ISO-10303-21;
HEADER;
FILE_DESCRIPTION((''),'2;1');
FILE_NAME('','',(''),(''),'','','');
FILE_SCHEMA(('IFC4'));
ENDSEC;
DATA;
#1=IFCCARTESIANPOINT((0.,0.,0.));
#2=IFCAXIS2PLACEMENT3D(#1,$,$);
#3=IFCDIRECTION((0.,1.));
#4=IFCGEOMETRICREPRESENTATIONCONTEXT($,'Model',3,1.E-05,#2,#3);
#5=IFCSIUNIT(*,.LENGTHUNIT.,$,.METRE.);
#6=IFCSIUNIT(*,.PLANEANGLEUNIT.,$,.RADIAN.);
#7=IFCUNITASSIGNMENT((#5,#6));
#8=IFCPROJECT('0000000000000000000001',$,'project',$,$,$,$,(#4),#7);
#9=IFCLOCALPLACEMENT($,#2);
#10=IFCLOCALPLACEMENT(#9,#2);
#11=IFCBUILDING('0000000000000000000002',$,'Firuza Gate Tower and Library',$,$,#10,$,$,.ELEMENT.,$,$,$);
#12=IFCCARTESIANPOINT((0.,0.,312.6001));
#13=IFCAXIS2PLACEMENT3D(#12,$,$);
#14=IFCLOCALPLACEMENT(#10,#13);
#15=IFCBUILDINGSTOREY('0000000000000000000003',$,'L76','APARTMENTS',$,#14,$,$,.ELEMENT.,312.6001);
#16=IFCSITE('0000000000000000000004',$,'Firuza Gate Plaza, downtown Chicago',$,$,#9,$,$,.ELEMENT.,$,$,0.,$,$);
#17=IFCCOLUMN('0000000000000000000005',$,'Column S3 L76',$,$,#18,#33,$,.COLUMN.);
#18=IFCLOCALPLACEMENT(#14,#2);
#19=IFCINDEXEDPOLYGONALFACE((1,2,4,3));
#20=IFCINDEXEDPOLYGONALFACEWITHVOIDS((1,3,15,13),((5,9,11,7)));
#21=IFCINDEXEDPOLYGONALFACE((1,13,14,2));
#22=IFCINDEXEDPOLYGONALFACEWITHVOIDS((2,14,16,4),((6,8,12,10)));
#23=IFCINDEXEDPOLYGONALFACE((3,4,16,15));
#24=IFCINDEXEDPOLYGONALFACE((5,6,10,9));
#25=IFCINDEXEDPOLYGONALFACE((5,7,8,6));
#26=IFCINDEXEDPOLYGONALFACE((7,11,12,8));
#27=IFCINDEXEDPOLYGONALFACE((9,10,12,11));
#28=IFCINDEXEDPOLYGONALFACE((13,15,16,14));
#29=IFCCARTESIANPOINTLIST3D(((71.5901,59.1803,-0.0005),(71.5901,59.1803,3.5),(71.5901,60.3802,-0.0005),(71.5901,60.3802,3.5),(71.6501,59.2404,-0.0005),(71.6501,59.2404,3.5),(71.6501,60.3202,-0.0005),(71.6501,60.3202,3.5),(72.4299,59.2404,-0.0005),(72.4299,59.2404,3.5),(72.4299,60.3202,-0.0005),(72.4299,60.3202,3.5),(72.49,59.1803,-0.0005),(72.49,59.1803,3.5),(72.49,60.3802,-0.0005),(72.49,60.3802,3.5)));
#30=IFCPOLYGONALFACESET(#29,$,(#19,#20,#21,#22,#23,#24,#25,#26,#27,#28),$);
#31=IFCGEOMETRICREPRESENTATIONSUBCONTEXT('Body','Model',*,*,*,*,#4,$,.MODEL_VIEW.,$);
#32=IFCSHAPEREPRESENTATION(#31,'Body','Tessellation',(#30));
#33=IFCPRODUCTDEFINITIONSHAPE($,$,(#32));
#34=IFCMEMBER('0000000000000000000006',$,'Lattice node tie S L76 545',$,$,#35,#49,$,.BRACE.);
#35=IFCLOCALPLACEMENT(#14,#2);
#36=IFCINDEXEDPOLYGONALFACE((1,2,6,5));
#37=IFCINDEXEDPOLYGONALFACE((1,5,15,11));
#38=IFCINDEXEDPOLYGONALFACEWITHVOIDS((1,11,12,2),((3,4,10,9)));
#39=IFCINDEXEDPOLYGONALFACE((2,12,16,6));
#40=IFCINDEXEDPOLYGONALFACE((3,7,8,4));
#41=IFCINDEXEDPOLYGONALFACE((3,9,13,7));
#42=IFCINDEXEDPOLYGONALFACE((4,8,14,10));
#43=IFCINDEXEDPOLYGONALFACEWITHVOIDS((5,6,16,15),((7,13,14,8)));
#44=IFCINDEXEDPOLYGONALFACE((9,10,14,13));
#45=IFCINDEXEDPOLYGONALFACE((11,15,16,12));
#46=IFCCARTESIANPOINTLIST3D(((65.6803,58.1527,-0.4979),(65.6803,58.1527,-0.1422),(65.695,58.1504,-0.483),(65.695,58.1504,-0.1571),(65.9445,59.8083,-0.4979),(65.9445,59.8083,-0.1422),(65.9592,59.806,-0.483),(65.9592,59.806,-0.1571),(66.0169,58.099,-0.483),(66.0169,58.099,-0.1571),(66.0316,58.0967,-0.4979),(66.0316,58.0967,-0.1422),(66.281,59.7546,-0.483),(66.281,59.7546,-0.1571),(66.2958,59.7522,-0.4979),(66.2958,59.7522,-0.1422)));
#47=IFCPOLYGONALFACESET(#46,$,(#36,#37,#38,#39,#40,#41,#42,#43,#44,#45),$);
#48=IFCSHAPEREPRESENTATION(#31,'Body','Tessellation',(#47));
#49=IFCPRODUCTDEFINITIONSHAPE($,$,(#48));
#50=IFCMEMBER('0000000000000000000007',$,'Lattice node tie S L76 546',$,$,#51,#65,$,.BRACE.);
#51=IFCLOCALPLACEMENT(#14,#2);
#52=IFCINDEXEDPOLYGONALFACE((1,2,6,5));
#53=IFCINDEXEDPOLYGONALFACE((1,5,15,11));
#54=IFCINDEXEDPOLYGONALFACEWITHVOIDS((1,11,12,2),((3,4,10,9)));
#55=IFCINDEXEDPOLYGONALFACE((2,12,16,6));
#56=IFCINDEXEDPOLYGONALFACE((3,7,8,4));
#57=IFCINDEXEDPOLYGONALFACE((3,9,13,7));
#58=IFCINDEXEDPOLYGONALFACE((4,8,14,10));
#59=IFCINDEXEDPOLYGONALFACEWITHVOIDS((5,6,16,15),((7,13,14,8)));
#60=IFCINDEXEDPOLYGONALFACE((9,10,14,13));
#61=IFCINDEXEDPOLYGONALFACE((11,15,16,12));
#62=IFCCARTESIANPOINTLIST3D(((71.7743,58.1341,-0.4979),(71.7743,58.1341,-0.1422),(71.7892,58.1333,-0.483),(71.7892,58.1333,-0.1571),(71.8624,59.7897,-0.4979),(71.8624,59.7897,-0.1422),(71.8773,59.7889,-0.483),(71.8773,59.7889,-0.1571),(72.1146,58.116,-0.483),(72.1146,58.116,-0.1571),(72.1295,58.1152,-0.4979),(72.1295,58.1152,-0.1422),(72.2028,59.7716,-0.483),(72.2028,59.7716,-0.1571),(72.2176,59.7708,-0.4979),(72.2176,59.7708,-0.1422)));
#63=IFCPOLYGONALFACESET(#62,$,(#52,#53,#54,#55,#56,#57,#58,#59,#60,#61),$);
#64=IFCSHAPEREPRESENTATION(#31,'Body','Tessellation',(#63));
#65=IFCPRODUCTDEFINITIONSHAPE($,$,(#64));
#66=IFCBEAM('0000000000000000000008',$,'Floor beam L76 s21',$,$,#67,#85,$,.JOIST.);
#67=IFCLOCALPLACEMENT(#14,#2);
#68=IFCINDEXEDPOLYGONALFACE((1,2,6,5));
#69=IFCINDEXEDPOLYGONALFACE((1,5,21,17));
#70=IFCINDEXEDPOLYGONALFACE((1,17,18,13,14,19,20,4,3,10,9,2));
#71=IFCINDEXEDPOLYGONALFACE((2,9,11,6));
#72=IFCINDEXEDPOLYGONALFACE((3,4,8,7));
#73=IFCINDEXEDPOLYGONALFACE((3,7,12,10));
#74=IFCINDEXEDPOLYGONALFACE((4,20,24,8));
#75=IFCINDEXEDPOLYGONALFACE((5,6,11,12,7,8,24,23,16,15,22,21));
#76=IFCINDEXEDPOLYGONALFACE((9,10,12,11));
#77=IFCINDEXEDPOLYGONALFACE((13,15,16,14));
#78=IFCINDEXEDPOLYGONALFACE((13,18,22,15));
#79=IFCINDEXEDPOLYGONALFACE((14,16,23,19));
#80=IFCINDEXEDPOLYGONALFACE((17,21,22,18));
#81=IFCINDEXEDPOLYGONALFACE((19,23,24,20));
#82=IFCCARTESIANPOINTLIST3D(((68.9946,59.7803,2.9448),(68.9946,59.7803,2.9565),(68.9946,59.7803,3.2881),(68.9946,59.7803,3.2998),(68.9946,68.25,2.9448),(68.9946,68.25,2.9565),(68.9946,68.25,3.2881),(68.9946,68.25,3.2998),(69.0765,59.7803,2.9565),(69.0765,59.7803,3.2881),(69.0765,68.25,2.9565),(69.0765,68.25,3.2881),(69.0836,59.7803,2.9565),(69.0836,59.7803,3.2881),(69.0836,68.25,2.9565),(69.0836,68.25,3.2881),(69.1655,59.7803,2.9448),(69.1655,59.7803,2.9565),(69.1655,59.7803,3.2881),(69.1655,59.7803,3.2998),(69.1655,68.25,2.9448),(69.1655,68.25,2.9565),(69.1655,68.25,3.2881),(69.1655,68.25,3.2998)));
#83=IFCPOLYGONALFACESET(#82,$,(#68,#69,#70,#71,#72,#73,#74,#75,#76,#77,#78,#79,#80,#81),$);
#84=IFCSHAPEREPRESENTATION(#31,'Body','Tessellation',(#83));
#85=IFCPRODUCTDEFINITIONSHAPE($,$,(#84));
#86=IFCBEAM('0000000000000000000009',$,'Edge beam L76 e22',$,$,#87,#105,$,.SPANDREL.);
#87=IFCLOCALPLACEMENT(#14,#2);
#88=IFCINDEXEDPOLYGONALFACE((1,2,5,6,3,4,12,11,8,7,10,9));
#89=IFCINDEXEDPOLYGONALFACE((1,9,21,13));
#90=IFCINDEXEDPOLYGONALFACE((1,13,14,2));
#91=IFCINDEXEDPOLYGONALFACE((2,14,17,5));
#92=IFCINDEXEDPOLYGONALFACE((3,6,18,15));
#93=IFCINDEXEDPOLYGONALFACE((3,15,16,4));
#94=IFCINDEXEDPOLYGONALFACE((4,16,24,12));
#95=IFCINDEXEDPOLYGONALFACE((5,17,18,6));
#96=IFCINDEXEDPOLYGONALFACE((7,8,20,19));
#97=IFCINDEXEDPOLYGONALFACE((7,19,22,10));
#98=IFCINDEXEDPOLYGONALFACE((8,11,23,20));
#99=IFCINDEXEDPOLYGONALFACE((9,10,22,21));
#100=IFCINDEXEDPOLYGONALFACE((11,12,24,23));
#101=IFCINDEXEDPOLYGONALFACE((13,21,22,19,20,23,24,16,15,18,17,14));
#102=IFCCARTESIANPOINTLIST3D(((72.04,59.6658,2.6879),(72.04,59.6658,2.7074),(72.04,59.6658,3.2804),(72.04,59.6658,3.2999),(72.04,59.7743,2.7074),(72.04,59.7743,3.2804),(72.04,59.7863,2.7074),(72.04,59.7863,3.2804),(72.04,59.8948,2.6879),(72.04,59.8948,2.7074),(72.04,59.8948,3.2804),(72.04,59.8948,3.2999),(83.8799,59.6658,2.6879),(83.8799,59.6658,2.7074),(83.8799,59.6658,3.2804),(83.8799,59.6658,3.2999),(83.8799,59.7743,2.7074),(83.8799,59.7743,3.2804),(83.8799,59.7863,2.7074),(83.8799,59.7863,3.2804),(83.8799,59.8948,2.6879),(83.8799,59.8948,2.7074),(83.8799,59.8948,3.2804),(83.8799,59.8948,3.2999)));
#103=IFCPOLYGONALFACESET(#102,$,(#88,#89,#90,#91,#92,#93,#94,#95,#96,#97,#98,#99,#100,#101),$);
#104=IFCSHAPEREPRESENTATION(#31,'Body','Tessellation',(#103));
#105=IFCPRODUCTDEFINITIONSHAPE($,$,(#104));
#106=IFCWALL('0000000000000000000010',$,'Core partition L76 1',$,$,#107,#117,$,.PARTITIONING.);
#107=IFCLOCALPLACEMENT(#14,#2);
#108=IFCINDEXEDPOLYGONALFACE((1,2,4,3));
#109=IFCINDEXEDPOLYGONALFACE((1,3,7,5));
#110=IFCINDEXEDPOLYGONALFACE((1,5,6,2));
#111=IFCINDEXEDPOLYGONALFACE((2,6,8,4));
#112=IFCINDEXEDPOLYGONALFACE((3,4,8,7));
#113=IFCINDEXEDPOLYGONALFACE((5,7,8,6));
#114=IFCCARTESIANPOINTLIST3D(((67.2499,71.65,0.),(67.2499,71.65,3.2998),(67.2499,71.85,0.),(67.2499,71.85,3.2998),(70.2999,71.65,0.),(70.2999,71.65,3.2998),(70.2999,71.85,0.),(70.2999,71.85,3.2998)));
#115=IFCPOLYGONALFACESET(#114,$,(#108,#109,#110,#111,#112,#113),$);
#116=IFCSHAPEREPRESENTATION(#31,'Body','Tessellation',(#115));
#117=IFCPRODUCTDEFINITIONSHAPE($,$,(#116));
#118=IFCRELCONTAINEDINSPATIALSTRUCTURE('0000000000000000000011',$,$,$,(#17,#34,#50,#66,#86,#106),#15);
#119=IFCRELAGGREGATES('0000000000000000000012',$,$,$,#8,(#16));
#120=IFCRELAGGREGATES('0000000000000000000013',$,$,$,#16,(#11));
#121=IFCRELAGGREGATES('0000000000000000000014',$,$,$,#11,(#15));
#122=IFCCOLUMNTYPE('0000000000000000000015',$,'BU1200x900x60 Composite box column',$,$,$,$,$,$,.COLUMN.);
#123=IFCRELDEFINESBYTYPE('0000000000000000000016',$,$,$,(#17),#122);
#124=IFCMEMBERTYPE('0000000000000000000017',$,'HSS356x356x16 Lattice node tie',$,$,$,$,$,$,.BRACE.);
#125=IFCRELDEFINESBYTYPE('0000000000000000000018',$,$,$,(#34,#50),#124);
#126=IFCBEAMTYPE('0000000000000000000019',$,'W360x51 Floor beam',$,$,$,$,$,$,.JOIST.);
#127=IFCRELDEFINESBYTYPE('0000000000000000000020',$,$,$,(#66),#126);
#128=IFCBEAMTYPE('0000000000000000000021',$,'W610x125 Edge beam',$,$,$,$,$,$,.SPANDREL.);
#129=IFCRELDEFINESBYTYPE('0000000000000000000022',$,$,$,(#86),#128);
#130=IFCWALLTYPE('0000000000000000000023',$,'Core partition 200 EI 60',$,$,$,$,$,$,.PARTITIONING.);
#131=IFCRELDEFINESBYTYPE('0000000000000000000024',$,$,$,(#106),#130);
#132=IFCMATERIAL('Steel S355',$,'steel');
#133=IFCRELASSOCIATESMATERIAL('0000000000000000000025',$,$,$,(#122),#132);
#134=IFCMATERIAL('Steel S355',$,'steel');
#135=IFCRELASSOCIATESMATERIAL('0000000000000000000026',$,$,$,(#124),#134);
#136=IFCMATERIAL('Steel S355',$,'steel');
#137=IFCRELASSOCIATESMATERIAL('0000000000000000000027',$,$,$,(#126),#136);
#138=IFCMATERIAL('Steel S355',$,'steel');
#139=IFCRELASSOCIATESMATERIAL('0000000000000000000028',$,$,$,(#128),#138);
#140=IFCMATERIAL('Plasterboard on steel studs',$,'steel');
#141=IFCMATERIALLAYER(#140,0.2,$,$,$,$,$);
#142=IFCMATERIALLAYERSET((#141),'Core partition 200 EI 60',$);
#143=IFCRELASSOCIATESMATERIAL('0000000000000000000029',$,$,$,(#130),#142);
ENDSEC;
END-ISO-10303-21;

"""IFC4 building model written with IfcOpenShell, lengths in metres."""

from ifc_helpers import new_model, si_unit, direction, frame, frame_2d, origin, origin_2d, place, context, subcontext, project, spatial, rectangle, hollow_rectangle, i_section, extrude, material, layer, layer_set, material_profile, profile_set, type_object, element, save


model = new_model("IFC4")

# Units and contexts
model_context = context("Model", 3, precision=1e-05, world=origin(), true_north=direction((0.0, 1.0)))
body_context = subcontext(model_context, "Body", "Model", "MODEL_VIEW")
ifc_project = project(units=[si_unit("LENGTHUNIT", "METRE"), si_unit("PLANEANGLEUNIT", "RADIAN")], contexts=[model_context])

# Site, building, storey
site_placement = place(None, origin())
site = spatial("IfcSite", under=ifc_project, at=site_placement, Name="Firuza Gate Plaza, downtown Chicago", CompositionType="ELEMENT", RefElevation=0.0)
building_placement = place(site_placement, origin())
building = spatial("IfcBuilding", under=site, at=building_placement, Name="Firuza Gate Tower and Library", CompositionType="ELEMENT")
storey_placement = place(building_placement, frame((0.0, 0.0, 312.6001)))
storey = spatial("IfcBuildingStorey", under=building, at=storey_placement, Name="L76", Description="APARTMENTS", CompositionType="ELEMENT", Elevation=312.6001)

# Column
ifc_material_1 = material(Name="Steel S355", Category="steel")
ifc_material_profile_1 = material_profile(ifc_material_1, hollow_rectangle(XDim=0.8999, YDim=1.2, WallThickness=0.0601, at=origin_2d()))
ifc_profile_set_1 = profile_set([ifc_material_profile_1], Name="Steel S355")
column_type = type_object("IfcColumnType", Name="BU1200x900x60 Composite box column", PredefinedType="COLUMN", material=ifc_profile_set_1)
column_placement = place(storey_placement, frame((72.04, 59.7803, -0.0005), z_axis=(0.0, 0.0, 1.0), x_axis=(1.0, 0.0, 0.0)))
element("IfcColumn", 1, at=column_placement, inside=storey, type_object=column_type, Name="Column S3 L76", PredefinedType="COLUMN", context=body_context, shape_type="SweptSolid", body=[
    extrude(hollow_rectangle(XDim=0.8999, YDim=1.2, WallThickness=0.0601, at=origin_2d()), origin(), (0.0, 0.0, 1.0), 3.5005),
])

# Members
ifc_material_2 = material(Name="Steel S355", Category="steel")
ifc_material_profile_2 = material_profile(ifc_material_2, hollow_rectangle(XDim=0.3557, YDim=0.3557, WallThickness=0.0149, at=origin_2d()))
ifc_profile_set_2 = profile_set([ifc_material_profile_2], Name="Steel S355")
member_type = type_object("IfcMemberType", Name="HSS356x356x16 Lattice node tie", PredefinedType="BRACE", material=ifc_profile_set_2)
member_1_placement = place(storey_placement, frame((66.1201, 59.7803, -0.3201), z_axis=(-0.15757, -0.987508, 0.0), x_axis=(0.987508, -0.15757, 0.0)))
element("IfcMember", 2, at=member_1_placement, inside=storey, type_object=member_type, Name="Lattice node tie S L76 545", PredefinedType="BRACE", context=body_context, shape_type="SweptSolid", body=[
    extrude(hollow_rectangle(XDim=0.3557, YDim=0.3557, WallThickness=0.0149, at=origin_2d()), origin(), (0.0, 0.0, 1.0), 1.6765),
])
member_2_placement = place(storey_placement, frame((72.04, 59.7803, -0.3201), z_axis=(-0.053162, -0.998586, 0.0), x_axis=(0.998586, -0.053162, 0.0)))
element("IfcMember", 3, at=member_2_placement, inside=storey, type_object=member_type, Name="Lattice node tie S L76 546", PredefinedType="BRACE", context=body_context, shape_type="SweptSolid", body=[
    extrude(hollow_rectangle(XDim=0.3557, YDim=0.3557, WallThickness=0.0149, at=origin_2d()), origin(), (0.0, 0.0, 1.0), 1.658),
])

# Beams
ifc_material_3 = material(Name="Steel S355", Category="steel")
ifc_material_profile_3 = material_profile(ifc_material_3, i_section(OverallWidth=0.1709, OverallDepth=0.355, WebThickness=0.0071, FlangeThickness=0.0117, at=origin_2d()))
ifc_profile_set_3 = profile_set([ifc_material_profile_3], Name="Steel S355")
beam_type_1 = type_object("IfcBeamType", Name="W360x51 Floor beam", PredefinedType="JOIST", material=ifc_profile_set_3)
beam_1_placement = place(storey_placement, frame((69.0801, 59.7803, 3.1223), z_axis=(0.0, 1.0, 0.0), x_axis=(-1.0, 0.0, 0.0)))
element("IfcBeam", 4, at=beam_1_placement, inside=storey, type_object=beam_type_1, Name="Floor beam L76 s21", PredefinedType="JOIST", context=body_context, shape_type="SweptSolid", body=[
    extrude(i_section(OverallWidth=0.1709, OverallDepth=0.355, WebThickness=0.0071, FlangeThickness=0.0117, at=origin_2d()), origin(), (0.0, 0.0, 1.0), 8.4697),
])
ifc_material_4 = material(Name="Steel S355", Category="steel")
ifc_material_profile_4 = material_profile(ifc_material_4, i_section(OverallWidth=0.229, OverallDepth=0.6121, WebThickness=0.012, FlangeThickness=0.0195, at=origin_2d()))
ifc_profile_set_4 = profile_set([ifc_material_profile_4], Name="Steel S355")
beam_type_2 = type_object("IfcBeamType", Name="W610x125 Edge beam", PredefinedType="SPANDREL", material=ifc_profile_set_4)
beam_2_placement = place(storey_placement, frame((72.04, 59.7803, 2.9939), z_axis=(1.0, 0.0, 0.0), x_axis=(0.0, 1.0, 0.0)))
element("IfcBeam", 5, at=beam_2_placement, inside=storey, type_object=beam_type_2, Name="Edge beam L76 e22", PredefinedType="SPANDREL", context=body_context, shape_type="SweptSolid", body=[
    extrude(i_section(OverallWidth=0.229, OverallDepth=0.6121, WebThickness=0.012, FlangeThickness=0.0195, at=origin_2d()), origin(), (0.0, 0.0, 1.0), 11.8398),
])

# Wall
ifc_material_5 = material(Name="Plasterboard on steel studs", Category="steel")
ifc_layer_1 = layer(ifc_material_5, 0.2)
ifc_layer_set_1 = layer_set([ifc_layer_1], Name="Core partition 200 EI 60")
wall_type_1 = type_object("IfcWallType", Name="Core partition 200 EI 60", PredefinedType="PARTITIONING", material=ifc_layer_set_1)
wall_1_placement = place(storey_placement, frame((67.25, 71.75, 0.0), z_axis=(0.0, 0.0, 1.0), x_axis=(1.0, 0.0, 0.0)))
element("IfcWall", 6, at=wall_1_placement, inside=storey, type_object=wall_type_1, Name="Core partition L76 1", PredefinedType="PARTITIONING", context=body_context, shape_type="SweptSolid", body=[
    extrude(rectangle(XDim=3.05, YDim=0.2, at=frame_2d((1.5249, 0.0))), origin(), (0.0, 0.0, 1.0), 3.2998),
])

save(model, "model.ifc")
